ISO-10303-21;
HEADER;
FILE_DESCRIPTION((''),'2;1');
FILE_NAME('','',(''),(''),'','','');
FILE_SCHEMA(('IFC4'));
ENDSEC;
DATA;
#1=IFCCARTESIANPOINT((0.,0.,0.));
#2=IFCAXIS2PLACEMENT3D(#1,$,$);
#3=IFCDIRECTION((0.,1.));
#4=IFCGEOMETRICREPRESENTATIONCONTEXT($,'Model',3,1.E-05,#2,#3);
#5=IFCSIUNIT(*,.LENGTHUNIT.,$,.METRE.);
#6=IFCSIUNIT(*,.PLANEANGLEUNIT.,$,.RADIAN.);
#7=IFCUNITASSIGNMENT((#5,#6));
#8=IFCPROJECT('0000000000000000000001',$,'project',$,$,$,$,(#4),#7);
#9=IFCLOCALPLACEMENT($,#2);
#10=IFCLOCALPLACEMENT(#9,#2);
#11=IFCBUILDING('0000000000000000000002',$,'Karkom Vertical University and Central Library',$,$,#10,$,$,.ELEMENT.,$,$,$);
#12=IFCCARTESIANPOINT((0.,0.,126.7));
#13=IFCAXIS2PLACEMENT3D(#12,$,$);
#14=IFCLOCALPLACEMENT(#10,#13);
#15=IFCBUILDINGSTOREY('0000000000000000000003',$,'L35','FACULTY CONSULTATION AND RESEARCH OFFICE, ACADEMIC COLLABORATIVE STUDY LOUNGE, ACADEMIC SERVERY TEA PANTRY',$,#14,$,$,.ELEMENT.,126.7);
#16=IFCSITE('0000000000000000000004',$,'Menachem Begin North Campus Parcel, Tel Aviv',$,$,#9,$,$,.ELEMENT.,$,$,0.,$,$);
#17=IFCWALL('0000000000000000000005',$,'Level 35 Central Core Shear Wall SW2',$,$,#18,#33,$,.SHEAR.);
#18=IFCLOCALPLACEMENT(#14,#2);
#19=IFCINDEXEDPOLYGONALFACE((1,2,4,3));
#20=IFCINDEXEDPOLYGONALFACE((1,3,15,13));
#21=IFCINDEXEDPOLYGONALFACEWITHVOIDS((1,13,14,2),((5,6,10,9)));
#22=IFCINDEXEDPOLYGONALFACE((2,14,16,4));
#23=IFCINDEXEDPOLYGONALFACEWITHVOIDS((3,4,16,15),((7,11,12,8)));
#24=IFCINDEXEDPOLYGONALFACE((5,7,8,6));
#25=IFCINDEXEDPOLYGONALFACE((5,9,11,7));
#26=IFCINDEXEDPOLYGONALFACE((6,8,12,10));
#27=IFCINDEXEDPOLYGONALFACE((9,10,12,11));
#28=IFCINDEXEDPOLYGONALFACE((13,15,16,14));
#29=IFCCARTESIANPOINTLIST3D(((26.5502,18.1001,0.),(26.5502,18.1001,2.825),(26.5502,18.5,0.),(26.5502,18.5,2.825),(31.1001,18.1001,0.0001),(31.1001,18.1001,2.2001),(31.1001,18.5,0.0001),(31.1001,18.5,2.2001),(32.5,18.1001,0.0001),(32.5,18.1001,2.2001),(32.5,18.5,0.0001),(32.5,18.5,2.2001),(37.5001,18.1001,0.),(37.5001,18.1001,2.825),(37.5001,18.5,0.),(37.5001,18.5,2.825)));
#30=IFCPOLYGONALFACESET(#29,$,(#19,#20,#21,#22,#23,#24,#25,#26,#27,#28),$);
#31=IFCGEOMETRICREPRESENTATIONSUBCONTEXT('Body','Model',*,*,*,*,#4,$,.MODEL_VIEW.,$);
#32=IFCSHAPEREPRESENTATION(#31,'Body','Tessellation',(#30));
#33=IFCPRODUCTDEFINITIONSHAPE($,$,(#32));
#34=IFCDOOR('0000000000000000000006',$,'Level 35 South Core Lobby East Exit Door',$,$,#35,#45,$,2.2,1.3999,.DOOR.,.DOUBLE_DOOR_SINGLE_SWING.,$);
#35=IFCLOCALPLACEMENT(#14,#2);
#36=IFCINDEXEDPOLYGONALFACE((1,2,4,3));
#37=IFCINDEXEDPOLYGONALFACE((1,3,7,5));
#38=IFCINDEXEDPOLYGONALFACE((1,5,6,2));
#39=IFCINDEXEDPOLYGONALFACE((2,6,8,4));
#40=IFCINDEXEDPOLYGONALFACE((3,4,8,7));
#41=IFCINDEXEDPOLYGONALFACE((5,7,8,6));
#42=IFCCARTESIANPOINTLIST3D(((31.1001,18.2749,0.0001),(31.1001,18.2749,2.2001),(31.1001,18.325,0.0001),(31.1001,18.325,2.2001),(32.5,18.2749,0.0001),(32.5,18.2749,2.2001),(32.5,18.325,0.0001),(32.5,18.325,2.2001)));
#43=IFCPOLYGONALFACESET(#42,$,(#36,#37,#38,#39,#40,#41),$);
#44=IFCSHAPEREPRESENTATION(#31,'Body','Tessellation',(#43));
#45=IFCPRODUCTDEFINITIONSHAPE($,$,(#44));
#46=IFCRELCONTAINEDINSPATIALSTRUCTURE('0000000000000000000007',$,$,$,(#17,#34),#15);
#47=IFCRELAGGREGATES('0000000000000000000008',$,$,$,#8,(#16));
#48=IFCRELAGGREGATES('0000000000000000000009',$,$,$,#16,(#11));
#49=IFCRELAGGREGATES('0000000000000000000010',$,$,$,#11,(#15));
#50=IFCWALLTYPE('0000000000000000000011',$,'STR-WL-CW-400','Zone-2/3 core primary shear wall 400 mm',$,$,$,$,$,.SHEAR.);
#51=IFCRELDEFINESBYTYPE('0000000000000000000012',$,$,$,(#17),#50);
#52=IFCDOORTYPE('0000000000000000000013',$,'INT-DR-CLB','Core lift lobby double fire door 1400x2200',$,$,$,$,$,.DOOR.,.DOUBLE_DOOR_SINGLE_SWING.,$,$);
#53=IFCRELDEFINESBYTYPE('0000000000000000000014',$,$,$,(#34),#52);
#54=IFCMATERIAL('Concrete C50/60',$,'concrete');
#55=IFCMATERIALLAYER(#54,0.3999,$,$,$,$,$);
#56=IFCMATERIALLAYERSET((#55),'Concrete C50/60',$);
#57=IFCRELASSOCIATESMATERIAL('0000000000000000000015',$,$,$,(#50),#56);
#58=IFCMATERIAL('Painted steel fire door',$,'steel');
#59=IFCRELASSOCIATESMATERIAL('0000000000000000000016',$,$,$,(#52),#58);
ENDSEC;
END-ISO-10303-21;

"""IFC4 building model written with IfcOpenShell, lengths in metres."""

from ifc_helpers import new_model, si_unit, direction, frame, frame_2d, origin, origin_with_axes, place, context, subcontext, project, spatial, rectangle, extrude, source, transform, mapped, material, layer, layer_set, type_object, element, fill, save


model = new_model("IFC4")

# Units and contexts
model_context = context("Model", 3, precision=1e-05, world=origin(), true_north=direction((0.0, 1.0)))
body_context = subcontext(model_context, "Body", "Model", "MODEL_VIEW")
ifc_project = project(units=[si_unit("LENGTHUNIT", "METRE"), si_unit("PLANEANGLEUNIT", "RADIAN")], contexts=[model_context])

# Site, building, storey
site_placement = place(None, origin())
site = spatial("IfcSite", under=ifc_project, at=site_placement, Name="Menachem Begin North Campus Parcel, Tel Aviv", CompositionType="ELEMENT", RefElevation=0.0)
building_placement = place(site_placement, origin())
building = spatial("IfcBuilding", under=site, at=building_placement, Name="Karkom Vertical University and Central Library", CompositionType="ELEMENT")
storey_placement = place(building_placement, frame((0.0, 0.0, 126.7)))
storey = spatial("IfcBuildingStorey", under=building, at=storey_placement, Name="L35", Description="FACULTY CONSULTATION AND RESEARCH OFFICE, ACADEMIC COLLABORATIVE STUDY LOUNGE, ACADEMIC SERVERY TEA PANTRY", CompositionType="ELEMENT", Elevation=126.7)

# Shared definitions
ifc_material_1 = material(Name="Concrete C50/60", Category="concrete")

# Wall, opening, door
ifc_layer_1 = layer(ifc_material_1, 0.3999)
ifc_layer_set_1 = layer_set([ifc_layer_1], Name="Concrete C50/60")
wall_type_1 = type_object("IfcWallType", Name="STR-WL-CW-400", Description="Zone-2/3 core primary shear wall 400 mm", PredefinedType="SHEAR", material=ifc_layer_set_1)
wall_1_placement = place(storey_placement, frame((26.55, 18.3, 0.0), z_axis=(0.0, 0.0, 1.0), x_axis=(1.0, 0.0, 0.0)))
wall_1 = element("IfcWall", 1, at=wall_1_placement, inside=storey, type_object=wall_type_1, Name="Level 35 Central Core Shear Wall SW2", PredefinedType="SHEAR", context=body_context, shape_type="SweptSolid", body=[
    extrude(rectangle(XDim=10.95, YDim=0.3999, at=frame_2d((5.4751, 0.0))), origin(), (0.0, 0.0, 1.0), 2.825),
])
opening_1_placement = place(wall_1_placement, frame((4.55, 0.0, 0.0)))
opening_1 = element("IfcOpeningElement", 2, at=opening_1_placement, cuts=wall_1, PredefinedType="OPENING", context=body_context, shape_type="SweptSolid", body=[
    extrude(rectangle(XDim=1.3999, YDim=2.2, at=frame_2d((0.7, 1.1001))), frame((0.0, 0.21, 0.0), z_axis=(0.0, -1.0, 0.0), x_axis=(1.0, 0.0, 0.0)), (0.0, 0.0, 1.0), 0.4199),
])
ifc_material_2 = material(Name="Painted steel fire door", Category="steel")
door_type_1 = type_object("IfcDoorType", Name="INT-DR-CLB", Description="Core lift lobby double fire door 1400x2200", OperationType="DOUBLE_DOOR_SINGLE_SWING", PredefinedType="DOOR", material=ifc_material_2)
shared_shape_1 = source(origin_with_axes(), body_context, "Body", "SweptSolid", [
    extrude(rectangle(XDim=1.3999, YDim=2.2, at=frame_2d((0.7, 1.1001))), frame((0.0, 0.0249, 0.0), z_axis=(0.0, -1.0, 0.0), x_axis=(1.0, 0.0, 0.0)), (0.0, 0.0, 1.0), 0.05),
])
door_1_placement = place(opening_1_placement, origin())
door_1 = element("IfcDoor", 3, at=door_1_placement, inside=storey, type_object=door_type_1, Name="Level 35 South Core Lobby East Exit Door", OperationType="DOUBLE_DOOR_SINGLE_SWING", OverallHeight=2.2, OverallWidth=1.3999, PredefinedType="DOOR", context=body_context, shape_type="MappedRepresentation", body=[
    mapped(shared_shape_1, transform((0.0, 0.0, 0.0), scale=1.0)),
])
fill(opening_1, door_1)

save(model, "model.ifc")
